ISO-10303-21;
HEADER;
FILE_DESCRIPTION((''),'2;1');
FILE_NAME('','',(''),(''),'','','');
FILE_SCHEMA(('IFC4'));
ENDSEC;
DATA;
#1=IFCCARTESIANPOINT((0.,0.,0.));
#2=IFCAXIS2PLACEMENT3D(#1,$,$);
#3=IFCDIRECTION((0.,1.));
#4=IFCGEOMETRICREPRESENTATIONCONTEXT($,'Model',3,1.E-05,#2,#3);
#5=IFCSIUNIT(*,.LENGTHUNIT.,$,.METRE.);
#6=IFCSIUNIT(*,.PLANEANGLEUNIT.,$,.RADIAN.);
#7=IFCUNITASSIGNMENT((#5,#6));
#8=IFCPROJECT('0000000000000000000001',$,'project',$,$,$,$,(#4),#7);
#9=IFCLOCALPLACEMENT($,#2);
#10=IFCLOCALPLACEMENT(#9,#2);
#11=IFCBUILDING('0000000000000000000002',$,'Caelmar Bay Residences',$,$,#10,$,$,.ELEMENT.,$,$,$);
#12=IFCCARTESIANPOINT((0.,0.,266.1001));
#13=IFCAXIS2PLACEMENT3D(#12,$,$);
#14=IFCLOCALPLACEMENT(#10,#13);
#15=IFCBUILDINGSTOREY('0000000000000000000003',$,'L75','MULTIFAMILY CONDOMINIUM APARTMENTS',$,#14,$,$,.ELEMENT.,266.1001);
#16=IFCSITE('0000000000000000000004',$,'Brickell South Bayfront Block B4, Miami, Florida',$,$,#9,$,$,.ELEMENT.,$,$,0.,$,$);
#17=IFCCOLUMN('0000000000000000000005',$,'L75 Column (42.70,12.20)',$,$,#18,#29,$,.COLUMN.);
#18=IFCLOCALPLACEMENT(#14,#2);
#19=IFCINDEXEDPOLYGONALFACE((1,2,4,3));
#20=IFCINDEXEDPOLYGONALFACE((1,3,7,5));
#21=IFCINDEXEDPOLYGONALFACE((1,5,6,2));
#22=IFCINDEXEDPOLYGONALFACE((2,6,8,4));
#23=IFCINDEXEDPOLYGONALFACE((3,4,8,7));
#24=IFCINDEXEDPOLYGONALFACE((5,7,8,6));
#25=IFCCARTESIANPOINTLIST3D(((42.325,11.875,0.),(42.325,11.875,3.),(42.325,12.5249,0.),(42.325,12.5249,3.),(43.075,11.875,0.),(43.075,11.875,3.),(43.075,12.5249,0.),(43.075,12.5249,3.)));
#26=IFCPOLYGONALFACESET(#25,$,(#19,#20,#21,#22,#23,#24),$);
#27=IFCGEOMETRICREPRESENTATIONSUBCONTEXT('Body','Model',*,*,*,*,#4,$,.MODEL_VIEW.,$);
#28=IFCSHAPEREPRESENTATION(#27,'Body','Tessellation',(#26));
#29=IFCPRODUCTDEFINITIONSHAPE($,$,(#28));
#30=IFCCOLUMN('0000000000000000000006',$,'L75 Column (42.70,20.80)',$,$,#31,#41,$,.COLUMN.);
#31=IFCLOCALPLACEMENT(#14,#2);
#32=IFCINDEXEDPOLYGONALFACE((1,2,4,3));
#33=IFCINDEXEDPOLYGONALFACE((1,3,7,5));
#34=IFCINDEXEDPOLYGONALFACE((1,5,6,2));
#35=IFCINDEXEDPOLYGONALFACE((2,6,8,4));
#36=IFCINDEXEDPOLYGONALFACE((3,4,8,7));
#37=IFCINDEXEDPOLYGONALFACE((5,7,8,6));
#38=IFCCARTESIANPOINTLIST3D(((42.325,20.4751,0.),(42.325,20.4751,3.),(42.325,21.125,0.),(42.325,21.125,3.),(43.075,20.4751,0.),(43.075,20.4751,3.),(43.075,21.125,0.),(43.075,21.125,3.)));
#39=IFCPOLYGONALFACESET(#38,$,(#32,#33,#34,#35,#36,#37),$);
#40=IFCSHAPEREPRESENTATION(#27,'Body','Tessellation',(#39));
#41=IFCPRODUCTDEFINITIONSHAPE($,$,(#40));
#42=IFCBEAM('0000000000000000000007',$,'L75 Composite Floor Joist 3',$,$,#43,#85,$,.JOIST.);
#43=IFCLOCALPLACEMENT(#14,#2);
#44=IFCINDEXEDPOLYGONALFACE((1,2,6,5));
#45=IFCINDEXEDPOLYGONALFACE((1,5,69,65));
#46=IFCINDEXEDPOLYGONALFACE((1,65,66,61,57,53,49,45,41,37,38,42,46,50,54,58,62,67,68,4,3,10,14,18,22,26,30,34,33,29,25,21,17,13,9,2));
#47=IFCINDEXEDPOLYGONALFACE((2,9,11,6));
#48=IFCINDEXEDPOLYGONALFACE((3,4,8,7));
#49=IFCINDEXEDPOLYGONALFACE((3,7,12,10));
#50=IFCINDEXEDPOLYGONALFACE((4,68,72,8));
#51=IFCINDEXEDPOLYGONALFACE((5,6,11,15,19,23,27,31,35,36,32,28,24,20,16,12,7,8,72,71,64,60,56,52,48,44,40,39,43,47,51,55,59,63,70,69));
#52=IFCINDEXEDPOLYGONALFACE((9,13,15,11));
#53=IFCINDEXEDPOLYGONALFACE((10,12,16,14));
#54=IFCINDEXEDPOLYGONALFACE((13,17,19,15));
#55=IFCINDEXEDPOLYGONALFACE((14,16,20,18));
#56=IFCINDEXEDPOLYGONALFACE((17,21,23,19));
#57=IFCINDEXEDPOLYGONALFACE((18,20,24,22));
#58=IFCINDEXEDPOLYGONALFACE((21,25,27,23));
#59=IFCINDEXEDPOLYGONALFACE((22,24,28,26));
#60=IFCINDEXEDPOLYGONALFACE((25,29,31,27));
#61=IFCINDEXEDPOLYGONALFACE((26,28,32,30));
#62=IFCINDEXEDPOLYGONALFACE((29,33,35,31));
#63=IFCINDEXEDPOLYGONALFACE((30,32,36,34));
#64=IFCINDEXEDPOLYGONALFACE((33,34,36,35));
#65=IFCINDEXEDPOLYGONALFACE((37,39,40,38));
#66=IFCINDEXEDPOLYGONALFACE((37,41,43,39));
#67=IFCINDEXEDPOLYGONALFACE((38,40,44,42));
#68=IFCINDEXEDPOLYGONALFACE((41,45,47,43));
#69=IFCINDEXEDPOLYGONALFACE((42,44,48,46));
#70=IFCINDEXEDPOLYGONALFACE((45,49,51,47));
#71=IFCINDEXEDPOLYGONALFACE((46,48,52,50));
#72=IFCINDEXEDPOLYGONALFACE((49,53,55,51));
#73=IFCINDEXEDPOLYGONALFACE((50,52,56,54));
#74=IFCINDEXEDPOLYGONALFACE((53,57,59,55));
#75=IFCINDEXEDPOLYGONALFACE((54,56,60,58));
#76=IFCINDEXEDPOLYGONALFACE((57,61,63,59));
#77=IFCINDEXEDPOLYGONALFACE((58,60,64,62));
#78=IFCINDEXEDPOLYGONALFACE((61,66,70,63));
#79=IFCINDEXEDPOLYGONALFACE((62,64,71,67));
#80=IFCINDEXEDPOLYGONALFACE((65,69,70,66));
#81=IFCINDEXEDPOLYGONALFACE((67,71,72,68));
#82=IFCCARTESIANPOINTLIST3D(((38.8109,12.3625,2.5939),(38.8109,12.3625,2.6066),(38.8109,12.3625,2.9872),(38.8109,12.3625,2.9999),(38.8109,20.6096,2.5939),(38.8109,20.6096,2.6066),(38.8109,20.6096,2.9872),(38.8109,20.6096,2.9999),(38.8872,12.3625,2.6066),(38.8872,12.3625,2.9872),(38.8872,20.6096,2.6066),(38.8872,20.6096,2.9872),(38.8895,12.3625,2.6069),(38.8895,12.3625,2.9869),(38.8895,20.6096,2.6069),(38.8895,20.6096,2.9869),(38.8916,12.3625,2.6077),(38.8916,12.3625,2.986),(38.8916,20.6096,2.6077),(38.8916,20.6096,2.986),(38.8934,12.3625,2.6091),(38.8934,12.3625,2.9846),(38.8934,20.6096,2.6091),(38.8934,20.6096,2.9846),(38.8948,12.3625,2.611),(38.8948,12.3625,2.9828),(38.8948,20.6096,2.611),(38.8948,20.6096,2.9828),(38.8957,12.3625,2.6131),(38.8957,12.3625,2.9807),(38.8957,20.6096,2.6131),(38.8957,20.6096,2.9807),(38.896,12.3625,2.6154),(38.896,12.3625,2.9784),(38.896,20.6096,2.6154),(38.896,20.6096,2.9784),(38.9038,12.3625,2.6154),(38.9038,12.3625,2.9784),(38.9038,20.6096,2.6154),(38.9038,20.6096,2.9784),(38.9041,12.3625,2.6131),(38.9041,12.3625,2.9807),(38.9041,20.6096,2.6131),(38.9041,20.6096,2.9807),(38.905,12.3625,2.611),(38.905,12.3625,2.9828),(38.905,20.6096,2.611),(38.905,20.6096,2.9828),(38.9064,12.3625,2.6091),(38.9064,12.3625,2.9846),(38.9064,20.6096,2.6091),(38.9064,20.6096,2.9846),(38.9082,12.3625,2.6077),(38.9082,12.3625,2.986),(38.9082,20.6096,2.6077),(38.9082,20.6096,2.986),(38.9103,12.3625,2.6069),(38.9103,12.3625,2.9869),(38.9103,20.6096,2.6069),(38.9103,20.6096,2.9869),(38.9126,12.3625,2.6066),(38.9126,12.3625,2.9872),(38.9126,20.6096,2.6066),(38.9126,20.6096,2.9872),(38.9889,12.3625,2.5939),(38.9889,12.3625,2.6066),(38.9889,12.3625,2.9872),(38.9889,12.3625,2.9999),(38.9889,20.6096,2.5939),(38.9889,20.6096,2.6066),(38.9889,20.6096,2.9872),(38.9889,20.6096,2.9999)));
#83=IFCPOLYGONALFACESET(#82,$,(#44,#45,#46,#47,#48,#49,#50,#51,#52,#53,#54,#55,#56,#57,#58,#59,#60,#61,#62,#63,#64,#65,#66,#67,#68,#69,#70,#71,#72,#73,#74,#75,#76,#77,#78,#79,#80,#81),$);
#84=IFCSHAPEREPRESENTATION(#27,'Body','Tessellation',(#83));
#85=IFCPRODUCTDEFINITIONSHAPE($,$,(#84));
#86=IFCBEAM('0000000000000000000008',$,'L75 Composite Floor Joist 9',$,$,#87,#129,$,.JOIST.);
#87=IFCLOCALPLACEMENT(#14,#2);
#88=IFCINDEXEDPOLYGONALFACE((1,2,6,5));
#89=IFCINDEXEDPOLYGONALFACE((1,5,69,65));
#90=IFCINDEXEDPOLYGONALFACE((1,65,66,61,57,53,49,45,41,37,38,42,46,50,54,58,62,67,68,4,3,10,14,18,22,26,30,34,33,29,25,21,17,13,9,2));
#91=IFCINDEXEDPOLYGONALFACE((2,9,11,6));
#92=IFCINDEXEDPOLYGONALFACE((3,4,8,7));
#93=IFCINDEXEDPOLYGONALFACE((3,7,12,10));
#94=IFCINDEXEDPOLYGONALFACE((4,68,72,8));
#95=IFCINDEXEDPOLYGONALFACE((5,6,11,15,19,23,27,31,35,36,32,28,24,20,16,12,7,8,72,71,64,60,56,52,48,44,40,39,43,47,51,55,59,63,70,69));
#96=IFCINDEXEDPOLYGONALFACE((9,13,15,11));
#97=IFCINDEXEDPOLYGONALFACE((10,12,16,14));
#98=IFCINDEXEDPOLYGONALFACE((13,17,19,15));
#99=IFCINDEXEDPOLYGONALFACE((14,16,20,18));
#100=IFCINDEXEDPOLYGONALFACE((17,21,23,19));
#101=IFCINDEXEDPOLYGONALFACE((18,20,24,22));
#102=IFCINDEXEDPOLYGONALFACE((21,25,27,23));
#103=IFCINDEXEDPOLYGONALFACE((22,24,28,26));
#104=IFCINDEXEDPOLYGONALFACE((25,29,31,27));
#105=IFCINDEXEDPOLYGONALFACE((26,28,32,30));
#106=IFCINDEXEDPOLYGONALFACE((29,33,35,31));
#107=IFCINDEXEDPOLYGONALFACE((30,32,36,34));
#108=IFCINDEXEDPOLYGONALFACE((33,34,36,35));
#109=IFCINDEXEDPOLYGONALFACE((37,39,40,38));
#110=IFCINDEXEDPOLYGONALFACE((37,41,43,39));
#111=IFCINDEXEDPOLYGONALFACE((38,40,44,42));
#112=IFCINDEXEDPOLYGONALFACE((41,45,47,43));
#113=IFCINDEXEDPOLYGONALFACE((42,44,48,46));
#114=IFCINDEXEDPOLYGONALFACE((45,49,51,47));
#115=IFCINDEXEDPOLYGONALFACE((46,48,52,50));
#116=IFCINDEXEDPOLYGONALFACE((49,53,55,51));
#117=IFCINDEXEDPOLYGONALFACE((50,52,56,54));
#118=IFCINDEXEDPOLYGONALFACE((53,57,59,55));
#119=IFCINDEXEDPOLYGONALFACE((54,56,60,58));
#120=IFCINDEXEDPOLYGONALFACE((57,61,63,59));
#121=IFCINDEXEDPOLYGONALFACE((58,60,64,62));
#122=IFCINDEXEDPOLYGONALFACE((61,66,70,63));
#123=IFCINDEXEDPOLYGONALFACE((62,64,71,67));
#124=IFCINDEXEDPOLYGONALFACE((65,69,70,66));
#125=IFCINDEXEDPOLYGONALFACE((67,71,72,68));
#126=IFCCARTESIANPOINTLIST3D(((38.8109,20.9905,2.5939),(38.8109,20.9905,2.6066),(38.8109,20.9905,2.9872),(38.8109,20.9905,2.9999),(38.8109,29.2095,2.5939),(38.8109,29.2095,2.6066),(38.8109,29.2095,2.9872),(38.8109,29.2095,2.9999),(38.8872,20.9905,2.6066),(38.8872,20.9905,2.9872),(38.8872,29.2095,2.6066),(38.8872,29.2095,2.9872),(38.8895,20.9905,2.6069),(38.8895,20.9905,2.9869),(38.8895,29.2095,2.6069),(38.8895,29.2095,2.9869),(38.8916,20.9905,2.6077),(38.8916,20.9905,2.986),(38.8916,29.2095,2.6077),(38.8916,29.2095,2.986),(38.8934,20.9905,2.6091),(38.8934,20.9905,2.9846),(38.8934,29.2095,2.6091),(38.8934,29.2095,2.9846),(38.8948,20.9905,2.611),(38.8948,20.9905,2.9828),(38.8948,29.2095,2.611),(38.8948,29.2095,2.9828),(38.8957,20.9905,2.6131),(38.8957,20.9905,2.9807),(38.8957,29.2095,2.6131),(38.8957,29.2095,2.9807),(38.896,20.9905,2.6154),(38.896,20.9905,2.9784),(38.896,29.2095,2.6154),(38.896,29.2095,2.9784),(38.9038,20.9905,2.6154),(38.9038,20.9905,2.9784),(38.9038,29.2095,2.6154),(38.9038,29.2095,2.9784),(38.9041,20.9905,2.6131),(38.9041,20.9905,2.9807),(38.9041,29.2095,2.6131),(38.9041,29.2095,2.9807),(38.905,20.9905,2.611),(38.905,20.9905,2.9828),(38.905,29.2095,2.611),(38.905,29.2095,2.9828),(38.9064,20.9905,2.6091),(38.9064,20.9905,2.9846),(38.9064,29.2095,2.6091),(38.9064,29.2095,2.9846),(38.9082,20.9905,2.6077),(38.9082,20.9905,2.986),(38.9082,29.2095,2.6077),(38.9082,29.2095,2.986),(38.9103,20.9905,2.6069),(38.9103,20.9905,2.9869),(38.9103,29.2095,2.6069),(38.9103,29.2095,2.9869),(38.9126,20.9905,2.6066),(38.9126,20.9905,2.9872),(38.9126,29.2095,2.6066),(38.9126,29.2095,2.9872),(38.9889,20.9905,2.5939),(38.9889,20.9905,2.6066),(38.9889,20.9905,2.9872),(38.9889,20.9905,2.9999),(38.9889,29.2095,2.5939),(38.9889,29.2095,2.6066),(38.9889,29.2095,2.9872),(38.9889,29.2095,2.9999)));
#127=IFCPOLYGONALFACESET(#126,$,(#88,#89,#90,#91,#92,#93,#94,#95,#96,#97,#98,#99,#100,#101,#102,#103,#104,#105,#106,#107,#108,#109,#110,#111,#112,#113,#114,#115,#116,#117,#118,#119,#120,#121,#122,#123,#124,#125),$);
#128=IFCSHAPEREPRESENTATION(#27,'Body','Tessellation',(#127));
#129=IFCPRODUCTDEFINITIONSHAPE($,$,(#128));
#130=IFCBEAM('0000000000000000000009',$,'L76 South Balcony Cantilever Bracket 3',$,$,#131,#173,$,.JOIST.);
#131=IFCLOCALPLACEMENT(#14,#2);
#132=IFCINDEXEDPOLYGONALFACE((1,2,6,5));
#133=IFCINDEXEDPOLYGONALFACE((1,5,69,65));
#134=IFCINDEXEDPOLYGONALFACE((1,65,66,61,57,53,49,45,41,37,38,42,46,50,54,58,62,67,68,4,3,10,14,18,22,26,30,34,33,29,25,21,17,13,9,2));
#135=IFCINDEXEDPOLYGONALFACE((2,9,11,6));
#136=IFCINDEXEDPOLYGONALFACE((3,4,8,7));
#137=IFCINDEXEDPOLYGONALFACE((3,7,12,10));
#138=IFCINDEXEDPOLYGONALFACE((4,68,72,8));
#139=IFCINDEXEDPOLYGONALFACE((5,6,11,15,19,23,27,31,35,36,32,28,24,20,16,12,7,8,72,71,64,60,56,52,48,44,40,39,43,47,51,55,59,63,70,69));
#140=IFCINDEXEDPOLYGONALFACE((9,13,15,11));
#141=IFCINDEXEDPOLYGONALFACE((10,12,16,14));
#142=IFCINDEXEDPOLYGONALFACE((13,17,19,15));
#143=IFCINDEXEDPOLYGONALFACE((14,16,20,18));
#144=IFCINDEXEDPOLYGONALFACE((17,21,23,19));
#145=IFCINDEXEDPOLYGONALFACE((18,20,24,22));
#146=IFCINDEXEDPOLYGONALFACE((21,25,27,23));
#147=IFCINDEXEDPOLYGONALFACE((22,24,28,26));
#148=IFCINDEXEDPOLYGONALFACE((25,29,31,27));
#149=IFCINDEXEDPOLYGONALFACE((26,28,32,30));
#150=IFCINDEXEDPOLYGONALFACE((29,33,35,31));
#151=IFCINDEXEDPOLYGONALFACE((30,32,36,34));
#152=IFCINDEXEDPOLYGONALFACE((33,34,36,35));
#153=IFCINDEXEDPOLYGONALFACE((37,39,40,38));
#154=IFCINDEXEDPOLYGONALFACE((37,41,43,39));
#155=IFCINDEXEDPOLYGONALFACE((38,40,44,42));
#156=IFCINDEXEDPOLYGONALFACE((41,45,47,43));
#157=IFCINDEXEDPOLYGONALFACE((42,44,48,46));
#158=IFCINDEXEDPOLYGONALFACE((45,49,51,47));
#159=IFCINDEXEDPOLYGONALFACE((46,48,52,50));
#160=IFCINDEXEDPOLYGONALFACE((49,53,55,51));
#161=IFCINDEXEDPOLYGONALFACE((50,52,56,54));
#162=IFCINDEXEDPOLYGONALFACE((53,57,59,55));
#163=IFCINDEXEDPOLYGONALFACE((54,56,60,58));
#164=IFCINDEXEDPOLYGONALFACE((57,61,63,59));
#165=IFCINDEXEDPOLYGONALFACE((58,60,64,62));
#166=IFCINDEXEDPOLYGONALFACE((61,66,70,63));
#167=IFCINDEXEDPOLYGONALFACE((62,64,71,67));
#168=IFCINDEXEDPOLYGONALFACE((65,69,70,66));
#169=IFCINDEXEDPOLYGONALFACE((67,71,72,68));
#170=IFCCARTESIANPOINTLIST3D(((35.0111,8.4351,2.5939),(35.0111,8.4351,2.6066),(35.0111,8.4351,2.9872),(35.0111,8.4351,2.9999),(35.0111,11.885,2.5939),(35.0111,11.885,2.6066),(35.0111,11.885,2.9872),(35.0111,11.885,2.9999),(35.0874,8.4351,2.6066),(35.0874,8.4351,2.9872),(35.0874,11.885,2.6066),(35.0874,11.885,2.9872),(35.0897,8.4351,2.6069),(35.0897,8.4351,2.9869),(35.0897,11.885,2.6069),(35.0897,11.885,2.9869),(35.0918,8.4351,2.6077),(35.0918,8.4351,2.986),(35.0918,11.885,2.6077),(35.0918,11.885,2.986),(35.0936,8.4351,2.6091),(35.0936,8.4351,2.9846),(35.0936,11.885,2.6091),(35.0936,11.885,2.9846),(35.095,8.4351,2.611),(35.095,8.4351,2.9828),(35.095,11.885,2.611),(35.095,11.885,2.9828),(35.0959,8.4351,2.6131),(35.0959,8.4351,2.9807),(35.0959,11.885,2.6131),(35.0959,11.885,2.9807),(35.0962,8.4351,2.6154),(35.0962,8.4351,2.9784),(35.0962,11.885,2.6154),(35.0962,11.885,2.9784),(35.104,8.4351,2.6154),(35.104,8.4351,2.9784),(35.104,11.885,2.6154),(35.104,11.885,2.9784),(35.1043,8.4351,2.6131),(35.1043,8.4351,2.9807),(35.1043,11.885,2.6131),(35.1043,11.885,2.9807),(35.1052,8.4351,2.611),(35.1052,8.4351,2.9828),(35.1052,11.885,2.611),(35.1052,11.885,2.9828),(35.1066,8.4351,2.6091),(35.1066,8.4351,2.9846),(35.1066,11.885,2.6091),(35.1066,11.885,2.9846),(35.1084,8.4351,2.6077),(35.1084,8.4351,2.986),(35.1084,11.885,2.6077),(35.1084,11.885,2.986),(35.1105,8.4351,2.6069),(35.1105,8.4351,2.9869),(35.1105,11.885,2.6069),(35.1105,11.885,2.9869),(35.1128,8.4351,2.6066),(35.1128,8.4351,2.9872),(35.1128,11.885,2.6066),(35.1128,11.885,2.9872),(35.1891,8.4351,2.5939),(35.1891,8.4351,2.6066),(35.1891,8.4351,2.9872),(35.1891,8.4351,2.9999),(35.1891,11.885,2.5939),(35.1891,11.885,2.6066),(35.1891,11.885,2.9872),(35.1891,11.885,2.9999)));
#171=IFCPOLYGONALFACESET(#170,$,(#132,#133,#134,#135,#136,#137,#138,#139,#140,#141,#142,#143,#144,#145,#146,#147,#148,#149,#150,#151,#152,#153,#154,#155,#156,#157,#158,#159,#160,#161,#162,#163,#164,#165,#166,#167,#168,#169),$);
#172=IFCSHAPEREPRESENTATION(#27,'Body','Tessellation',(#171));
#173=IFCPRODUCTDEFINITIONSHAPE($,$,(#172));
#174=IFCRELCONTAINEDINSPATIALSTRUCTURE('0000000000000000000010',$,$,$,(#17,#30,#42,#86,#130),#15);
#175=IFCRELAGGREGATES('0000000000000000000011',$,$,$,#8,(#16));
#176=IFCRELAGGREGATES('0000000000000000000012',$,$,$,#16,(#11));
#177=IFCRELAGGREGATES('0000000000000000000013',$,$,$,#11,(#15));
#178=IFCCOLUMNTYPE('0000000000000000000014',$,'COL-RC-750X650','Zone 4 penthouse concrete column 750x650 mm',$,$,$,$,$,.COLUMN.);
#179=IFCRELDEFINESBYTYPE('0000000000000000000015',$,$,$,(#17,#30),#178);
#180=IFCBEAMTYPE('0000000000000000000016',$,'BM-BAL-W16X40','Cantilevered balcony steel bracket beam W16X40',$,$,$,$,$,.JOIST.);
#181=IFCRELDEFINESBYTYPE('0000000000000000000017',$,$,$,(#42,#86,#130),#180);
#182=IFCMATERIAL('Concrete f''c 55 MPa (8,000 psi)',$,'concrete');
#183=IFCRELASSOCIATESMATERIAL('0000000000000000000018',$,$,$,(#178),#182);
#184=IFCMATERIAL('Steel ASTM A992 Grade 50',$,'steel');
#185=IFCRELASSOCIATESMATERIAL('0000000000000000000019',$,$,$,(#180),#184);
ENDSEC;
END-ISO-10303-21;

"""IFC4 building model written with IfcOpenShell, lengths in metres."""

from ifc_helpers import new_model, si_unit, direction, frame, origin, origin_2d, place, context, subcontext, project, spatial, rectangle, i_section, extrude, material, material_profile, profile_set, type_object, element, save


model = new_model("IFC4")

# Units and contexts
model_context = context("Model", 3, precision=1e-05, world=origin(), true_north=direction((0.0, 1.0)))
body_context = subcontext(model_context, "Body", "Model", "MODEL_VIEW")
ifc_project = project(units=[si_unit("LENGTHUNIT", "METRE"), si_unit("PLANEANGLEUNIT", "RADIAN")], contexts=[model_context])

# Site, building, storey
site_placement = place(None, origin())
site = spatial("IfcSite", under=ifc_project, at=site_placement, Name="Brickell South Bayfront Block B4, Miami, Florida", CompositionType="ELEMENT", RefElevation=0.0)
building_placement = place(site_placement, origin())
building = spatial("IfcBuilding", under=site, at=building_placement, Name="Caelmar Bay Residences", CompositionType="ELEMENT")
storey_placement = place(building_placement, frame((0.0, 0.0, 266.1001)))
storey = spatial("IfcBuildingStorey", under=building, at=storey_placement, Name="L75", Description="MULTIFAMILY CONDOMINIUM APARTMENTS", CompositionType="ELEMENT", Elevation=266.1001)

# Columns
ifc_material_1 = material(Name="Concrete f'c 55 MPa (8,000 psi)", Category="concrete")
ifc_material_profile_1 = material_profile(ifc_material_1, rectangle(XDim=0.75, YDim=0.6499, at=origin_2d()), Name="RC-COL-750X650")
ifc_profile_set_1 = profile_set([ifc_material_profile_1], Name="Concrete f'c 55 MPa (8,000 psi)")
column_type = type_object("IfcColumnType", Name="COL-RC-750X650", Description="Zone 4 penthouse concrete column 750x650 mm", PredefinedType="COLUMN", material=ifc_profile_set_1)
for number, where, z_axis, x_axis, name in (
    (1, (42.7, 12.2, 0.0), (0.0, 0.0, 1.0), (1.0, 0.0, 0.0), "L75 Column (42.70,12.20)"),
    (2, (42.7, 20.8, 0.0), (0.0, 0.0, 1.0), (1.0, 0.0, 0.0), "L75 Column (42.70,20.80)"),
):
    element("IfcColumn", number, at=place(storey_placement, frame(where, z_axis=z_axis, x_axis=x_axis)), inside=storey, type_object=column_type, Name=name, PredefinedType="COLUMN", context=body_context, shape_type="SweptSolid", body=[
        extrude(rectangle(XDim=0.75, YDim=0.6499, at=origin_2d()), origin(), (0.0, 0.0, 1.0), 3.0),
    ])

# Beams
ifc_material_2 = material(Name="Steel ASTM A992 Grade 50", Category="steel")
ifc_material_profile_2 = material_profile(ifc_material_2, i_section(OverallWidth=0.178, OverallDepth=0.406, WebThickness=0.0078, FlangeThickness=0.0127, FilletRadius=0.0088, at=origin_2d()), Name="W16X40")
ifc_profile_set_2 = profile_set([ifc_material_profile_2], Name="Steel ASTM A992 Grade 50")
beam_type_1 = type_object("IfcBeamType", Name="BM-BAL-W16X40", Description="Cantilevered balcony steel bracket beam W16X40", PredefinedType="JOIST", material=ifc_profile_set_2)
beam_1_placement = place(storey_placement, frame((38.8999, 12.3625, 2.7969), z_axis=(0.0, 1.0, 0.0), x_axis=(-1.0, 0.0, 0.0)))
element("IfcBeam", 3, at=beam_1_placement, inside=storey, type_object=beam_type_1, Name="L75 Composite Floor Joist 3", PredefinedType="JOIST", context=body_context, shape_type="SweptSolid", body=[
    extrude(i_section(OverallWidth=0.178, OverallDepth=0.406, WebThickness=0.0078, FlangeThickness=0.0127, FilletRadius=0.0088, at=origin_2d()), origin(), (0.0, 0.0, 1.0), 8.2471),
])
beam_2_placement = place(storey_placement, frame((38.8999, 20.9905, 2.7969), z_axis=(0.0, 1.0, 0.0), x_axis=(-1.0, 0.0, 0.0)))
element("IfcBeam", 4, at=beam_2_placement, inside=storey, type_object=beam_type_1, Name="L75 Composite Floor Joist 9", PredefinedType="JOIST", context=body_context, shape_type="SweptSolid", body=[
    extrude(i_section(OverallWidth=0.178, OverallDepth=0.406, WebThickness=0.0078, FlangeThickness=0.0127, FilletRadius=0.0088, at=origin_2d()), origin(), (0.0, 0.0, 1.0), 8.219),
])
beam_3_placement = place(storey_placement, frame((35.1001, 11.885, 2.7969), z_axis=(0.0, -1.0, 0.0), x_axis=(1.0, 0.0, 0.0)))
element("IfcBeam", 5, at=beam_3_placement, inside=storey, type_object=beam_type_1, Name="L76 South Balcony Cantilever Bracket 3", PredefinedType="JOIST", context=body_context, shape_type="SweptSolid", body=[
    extrude(i_section(OverallWidth=0.178, OverallDepth=0.406, WebThickness=0.0078, FlangeThickness=0.0127, FilletRadius=0.0088, at=origin_2d()), origin(), (0.0, 0.0, 1.0), 3.45),
])

save(model, "model.ifc")
